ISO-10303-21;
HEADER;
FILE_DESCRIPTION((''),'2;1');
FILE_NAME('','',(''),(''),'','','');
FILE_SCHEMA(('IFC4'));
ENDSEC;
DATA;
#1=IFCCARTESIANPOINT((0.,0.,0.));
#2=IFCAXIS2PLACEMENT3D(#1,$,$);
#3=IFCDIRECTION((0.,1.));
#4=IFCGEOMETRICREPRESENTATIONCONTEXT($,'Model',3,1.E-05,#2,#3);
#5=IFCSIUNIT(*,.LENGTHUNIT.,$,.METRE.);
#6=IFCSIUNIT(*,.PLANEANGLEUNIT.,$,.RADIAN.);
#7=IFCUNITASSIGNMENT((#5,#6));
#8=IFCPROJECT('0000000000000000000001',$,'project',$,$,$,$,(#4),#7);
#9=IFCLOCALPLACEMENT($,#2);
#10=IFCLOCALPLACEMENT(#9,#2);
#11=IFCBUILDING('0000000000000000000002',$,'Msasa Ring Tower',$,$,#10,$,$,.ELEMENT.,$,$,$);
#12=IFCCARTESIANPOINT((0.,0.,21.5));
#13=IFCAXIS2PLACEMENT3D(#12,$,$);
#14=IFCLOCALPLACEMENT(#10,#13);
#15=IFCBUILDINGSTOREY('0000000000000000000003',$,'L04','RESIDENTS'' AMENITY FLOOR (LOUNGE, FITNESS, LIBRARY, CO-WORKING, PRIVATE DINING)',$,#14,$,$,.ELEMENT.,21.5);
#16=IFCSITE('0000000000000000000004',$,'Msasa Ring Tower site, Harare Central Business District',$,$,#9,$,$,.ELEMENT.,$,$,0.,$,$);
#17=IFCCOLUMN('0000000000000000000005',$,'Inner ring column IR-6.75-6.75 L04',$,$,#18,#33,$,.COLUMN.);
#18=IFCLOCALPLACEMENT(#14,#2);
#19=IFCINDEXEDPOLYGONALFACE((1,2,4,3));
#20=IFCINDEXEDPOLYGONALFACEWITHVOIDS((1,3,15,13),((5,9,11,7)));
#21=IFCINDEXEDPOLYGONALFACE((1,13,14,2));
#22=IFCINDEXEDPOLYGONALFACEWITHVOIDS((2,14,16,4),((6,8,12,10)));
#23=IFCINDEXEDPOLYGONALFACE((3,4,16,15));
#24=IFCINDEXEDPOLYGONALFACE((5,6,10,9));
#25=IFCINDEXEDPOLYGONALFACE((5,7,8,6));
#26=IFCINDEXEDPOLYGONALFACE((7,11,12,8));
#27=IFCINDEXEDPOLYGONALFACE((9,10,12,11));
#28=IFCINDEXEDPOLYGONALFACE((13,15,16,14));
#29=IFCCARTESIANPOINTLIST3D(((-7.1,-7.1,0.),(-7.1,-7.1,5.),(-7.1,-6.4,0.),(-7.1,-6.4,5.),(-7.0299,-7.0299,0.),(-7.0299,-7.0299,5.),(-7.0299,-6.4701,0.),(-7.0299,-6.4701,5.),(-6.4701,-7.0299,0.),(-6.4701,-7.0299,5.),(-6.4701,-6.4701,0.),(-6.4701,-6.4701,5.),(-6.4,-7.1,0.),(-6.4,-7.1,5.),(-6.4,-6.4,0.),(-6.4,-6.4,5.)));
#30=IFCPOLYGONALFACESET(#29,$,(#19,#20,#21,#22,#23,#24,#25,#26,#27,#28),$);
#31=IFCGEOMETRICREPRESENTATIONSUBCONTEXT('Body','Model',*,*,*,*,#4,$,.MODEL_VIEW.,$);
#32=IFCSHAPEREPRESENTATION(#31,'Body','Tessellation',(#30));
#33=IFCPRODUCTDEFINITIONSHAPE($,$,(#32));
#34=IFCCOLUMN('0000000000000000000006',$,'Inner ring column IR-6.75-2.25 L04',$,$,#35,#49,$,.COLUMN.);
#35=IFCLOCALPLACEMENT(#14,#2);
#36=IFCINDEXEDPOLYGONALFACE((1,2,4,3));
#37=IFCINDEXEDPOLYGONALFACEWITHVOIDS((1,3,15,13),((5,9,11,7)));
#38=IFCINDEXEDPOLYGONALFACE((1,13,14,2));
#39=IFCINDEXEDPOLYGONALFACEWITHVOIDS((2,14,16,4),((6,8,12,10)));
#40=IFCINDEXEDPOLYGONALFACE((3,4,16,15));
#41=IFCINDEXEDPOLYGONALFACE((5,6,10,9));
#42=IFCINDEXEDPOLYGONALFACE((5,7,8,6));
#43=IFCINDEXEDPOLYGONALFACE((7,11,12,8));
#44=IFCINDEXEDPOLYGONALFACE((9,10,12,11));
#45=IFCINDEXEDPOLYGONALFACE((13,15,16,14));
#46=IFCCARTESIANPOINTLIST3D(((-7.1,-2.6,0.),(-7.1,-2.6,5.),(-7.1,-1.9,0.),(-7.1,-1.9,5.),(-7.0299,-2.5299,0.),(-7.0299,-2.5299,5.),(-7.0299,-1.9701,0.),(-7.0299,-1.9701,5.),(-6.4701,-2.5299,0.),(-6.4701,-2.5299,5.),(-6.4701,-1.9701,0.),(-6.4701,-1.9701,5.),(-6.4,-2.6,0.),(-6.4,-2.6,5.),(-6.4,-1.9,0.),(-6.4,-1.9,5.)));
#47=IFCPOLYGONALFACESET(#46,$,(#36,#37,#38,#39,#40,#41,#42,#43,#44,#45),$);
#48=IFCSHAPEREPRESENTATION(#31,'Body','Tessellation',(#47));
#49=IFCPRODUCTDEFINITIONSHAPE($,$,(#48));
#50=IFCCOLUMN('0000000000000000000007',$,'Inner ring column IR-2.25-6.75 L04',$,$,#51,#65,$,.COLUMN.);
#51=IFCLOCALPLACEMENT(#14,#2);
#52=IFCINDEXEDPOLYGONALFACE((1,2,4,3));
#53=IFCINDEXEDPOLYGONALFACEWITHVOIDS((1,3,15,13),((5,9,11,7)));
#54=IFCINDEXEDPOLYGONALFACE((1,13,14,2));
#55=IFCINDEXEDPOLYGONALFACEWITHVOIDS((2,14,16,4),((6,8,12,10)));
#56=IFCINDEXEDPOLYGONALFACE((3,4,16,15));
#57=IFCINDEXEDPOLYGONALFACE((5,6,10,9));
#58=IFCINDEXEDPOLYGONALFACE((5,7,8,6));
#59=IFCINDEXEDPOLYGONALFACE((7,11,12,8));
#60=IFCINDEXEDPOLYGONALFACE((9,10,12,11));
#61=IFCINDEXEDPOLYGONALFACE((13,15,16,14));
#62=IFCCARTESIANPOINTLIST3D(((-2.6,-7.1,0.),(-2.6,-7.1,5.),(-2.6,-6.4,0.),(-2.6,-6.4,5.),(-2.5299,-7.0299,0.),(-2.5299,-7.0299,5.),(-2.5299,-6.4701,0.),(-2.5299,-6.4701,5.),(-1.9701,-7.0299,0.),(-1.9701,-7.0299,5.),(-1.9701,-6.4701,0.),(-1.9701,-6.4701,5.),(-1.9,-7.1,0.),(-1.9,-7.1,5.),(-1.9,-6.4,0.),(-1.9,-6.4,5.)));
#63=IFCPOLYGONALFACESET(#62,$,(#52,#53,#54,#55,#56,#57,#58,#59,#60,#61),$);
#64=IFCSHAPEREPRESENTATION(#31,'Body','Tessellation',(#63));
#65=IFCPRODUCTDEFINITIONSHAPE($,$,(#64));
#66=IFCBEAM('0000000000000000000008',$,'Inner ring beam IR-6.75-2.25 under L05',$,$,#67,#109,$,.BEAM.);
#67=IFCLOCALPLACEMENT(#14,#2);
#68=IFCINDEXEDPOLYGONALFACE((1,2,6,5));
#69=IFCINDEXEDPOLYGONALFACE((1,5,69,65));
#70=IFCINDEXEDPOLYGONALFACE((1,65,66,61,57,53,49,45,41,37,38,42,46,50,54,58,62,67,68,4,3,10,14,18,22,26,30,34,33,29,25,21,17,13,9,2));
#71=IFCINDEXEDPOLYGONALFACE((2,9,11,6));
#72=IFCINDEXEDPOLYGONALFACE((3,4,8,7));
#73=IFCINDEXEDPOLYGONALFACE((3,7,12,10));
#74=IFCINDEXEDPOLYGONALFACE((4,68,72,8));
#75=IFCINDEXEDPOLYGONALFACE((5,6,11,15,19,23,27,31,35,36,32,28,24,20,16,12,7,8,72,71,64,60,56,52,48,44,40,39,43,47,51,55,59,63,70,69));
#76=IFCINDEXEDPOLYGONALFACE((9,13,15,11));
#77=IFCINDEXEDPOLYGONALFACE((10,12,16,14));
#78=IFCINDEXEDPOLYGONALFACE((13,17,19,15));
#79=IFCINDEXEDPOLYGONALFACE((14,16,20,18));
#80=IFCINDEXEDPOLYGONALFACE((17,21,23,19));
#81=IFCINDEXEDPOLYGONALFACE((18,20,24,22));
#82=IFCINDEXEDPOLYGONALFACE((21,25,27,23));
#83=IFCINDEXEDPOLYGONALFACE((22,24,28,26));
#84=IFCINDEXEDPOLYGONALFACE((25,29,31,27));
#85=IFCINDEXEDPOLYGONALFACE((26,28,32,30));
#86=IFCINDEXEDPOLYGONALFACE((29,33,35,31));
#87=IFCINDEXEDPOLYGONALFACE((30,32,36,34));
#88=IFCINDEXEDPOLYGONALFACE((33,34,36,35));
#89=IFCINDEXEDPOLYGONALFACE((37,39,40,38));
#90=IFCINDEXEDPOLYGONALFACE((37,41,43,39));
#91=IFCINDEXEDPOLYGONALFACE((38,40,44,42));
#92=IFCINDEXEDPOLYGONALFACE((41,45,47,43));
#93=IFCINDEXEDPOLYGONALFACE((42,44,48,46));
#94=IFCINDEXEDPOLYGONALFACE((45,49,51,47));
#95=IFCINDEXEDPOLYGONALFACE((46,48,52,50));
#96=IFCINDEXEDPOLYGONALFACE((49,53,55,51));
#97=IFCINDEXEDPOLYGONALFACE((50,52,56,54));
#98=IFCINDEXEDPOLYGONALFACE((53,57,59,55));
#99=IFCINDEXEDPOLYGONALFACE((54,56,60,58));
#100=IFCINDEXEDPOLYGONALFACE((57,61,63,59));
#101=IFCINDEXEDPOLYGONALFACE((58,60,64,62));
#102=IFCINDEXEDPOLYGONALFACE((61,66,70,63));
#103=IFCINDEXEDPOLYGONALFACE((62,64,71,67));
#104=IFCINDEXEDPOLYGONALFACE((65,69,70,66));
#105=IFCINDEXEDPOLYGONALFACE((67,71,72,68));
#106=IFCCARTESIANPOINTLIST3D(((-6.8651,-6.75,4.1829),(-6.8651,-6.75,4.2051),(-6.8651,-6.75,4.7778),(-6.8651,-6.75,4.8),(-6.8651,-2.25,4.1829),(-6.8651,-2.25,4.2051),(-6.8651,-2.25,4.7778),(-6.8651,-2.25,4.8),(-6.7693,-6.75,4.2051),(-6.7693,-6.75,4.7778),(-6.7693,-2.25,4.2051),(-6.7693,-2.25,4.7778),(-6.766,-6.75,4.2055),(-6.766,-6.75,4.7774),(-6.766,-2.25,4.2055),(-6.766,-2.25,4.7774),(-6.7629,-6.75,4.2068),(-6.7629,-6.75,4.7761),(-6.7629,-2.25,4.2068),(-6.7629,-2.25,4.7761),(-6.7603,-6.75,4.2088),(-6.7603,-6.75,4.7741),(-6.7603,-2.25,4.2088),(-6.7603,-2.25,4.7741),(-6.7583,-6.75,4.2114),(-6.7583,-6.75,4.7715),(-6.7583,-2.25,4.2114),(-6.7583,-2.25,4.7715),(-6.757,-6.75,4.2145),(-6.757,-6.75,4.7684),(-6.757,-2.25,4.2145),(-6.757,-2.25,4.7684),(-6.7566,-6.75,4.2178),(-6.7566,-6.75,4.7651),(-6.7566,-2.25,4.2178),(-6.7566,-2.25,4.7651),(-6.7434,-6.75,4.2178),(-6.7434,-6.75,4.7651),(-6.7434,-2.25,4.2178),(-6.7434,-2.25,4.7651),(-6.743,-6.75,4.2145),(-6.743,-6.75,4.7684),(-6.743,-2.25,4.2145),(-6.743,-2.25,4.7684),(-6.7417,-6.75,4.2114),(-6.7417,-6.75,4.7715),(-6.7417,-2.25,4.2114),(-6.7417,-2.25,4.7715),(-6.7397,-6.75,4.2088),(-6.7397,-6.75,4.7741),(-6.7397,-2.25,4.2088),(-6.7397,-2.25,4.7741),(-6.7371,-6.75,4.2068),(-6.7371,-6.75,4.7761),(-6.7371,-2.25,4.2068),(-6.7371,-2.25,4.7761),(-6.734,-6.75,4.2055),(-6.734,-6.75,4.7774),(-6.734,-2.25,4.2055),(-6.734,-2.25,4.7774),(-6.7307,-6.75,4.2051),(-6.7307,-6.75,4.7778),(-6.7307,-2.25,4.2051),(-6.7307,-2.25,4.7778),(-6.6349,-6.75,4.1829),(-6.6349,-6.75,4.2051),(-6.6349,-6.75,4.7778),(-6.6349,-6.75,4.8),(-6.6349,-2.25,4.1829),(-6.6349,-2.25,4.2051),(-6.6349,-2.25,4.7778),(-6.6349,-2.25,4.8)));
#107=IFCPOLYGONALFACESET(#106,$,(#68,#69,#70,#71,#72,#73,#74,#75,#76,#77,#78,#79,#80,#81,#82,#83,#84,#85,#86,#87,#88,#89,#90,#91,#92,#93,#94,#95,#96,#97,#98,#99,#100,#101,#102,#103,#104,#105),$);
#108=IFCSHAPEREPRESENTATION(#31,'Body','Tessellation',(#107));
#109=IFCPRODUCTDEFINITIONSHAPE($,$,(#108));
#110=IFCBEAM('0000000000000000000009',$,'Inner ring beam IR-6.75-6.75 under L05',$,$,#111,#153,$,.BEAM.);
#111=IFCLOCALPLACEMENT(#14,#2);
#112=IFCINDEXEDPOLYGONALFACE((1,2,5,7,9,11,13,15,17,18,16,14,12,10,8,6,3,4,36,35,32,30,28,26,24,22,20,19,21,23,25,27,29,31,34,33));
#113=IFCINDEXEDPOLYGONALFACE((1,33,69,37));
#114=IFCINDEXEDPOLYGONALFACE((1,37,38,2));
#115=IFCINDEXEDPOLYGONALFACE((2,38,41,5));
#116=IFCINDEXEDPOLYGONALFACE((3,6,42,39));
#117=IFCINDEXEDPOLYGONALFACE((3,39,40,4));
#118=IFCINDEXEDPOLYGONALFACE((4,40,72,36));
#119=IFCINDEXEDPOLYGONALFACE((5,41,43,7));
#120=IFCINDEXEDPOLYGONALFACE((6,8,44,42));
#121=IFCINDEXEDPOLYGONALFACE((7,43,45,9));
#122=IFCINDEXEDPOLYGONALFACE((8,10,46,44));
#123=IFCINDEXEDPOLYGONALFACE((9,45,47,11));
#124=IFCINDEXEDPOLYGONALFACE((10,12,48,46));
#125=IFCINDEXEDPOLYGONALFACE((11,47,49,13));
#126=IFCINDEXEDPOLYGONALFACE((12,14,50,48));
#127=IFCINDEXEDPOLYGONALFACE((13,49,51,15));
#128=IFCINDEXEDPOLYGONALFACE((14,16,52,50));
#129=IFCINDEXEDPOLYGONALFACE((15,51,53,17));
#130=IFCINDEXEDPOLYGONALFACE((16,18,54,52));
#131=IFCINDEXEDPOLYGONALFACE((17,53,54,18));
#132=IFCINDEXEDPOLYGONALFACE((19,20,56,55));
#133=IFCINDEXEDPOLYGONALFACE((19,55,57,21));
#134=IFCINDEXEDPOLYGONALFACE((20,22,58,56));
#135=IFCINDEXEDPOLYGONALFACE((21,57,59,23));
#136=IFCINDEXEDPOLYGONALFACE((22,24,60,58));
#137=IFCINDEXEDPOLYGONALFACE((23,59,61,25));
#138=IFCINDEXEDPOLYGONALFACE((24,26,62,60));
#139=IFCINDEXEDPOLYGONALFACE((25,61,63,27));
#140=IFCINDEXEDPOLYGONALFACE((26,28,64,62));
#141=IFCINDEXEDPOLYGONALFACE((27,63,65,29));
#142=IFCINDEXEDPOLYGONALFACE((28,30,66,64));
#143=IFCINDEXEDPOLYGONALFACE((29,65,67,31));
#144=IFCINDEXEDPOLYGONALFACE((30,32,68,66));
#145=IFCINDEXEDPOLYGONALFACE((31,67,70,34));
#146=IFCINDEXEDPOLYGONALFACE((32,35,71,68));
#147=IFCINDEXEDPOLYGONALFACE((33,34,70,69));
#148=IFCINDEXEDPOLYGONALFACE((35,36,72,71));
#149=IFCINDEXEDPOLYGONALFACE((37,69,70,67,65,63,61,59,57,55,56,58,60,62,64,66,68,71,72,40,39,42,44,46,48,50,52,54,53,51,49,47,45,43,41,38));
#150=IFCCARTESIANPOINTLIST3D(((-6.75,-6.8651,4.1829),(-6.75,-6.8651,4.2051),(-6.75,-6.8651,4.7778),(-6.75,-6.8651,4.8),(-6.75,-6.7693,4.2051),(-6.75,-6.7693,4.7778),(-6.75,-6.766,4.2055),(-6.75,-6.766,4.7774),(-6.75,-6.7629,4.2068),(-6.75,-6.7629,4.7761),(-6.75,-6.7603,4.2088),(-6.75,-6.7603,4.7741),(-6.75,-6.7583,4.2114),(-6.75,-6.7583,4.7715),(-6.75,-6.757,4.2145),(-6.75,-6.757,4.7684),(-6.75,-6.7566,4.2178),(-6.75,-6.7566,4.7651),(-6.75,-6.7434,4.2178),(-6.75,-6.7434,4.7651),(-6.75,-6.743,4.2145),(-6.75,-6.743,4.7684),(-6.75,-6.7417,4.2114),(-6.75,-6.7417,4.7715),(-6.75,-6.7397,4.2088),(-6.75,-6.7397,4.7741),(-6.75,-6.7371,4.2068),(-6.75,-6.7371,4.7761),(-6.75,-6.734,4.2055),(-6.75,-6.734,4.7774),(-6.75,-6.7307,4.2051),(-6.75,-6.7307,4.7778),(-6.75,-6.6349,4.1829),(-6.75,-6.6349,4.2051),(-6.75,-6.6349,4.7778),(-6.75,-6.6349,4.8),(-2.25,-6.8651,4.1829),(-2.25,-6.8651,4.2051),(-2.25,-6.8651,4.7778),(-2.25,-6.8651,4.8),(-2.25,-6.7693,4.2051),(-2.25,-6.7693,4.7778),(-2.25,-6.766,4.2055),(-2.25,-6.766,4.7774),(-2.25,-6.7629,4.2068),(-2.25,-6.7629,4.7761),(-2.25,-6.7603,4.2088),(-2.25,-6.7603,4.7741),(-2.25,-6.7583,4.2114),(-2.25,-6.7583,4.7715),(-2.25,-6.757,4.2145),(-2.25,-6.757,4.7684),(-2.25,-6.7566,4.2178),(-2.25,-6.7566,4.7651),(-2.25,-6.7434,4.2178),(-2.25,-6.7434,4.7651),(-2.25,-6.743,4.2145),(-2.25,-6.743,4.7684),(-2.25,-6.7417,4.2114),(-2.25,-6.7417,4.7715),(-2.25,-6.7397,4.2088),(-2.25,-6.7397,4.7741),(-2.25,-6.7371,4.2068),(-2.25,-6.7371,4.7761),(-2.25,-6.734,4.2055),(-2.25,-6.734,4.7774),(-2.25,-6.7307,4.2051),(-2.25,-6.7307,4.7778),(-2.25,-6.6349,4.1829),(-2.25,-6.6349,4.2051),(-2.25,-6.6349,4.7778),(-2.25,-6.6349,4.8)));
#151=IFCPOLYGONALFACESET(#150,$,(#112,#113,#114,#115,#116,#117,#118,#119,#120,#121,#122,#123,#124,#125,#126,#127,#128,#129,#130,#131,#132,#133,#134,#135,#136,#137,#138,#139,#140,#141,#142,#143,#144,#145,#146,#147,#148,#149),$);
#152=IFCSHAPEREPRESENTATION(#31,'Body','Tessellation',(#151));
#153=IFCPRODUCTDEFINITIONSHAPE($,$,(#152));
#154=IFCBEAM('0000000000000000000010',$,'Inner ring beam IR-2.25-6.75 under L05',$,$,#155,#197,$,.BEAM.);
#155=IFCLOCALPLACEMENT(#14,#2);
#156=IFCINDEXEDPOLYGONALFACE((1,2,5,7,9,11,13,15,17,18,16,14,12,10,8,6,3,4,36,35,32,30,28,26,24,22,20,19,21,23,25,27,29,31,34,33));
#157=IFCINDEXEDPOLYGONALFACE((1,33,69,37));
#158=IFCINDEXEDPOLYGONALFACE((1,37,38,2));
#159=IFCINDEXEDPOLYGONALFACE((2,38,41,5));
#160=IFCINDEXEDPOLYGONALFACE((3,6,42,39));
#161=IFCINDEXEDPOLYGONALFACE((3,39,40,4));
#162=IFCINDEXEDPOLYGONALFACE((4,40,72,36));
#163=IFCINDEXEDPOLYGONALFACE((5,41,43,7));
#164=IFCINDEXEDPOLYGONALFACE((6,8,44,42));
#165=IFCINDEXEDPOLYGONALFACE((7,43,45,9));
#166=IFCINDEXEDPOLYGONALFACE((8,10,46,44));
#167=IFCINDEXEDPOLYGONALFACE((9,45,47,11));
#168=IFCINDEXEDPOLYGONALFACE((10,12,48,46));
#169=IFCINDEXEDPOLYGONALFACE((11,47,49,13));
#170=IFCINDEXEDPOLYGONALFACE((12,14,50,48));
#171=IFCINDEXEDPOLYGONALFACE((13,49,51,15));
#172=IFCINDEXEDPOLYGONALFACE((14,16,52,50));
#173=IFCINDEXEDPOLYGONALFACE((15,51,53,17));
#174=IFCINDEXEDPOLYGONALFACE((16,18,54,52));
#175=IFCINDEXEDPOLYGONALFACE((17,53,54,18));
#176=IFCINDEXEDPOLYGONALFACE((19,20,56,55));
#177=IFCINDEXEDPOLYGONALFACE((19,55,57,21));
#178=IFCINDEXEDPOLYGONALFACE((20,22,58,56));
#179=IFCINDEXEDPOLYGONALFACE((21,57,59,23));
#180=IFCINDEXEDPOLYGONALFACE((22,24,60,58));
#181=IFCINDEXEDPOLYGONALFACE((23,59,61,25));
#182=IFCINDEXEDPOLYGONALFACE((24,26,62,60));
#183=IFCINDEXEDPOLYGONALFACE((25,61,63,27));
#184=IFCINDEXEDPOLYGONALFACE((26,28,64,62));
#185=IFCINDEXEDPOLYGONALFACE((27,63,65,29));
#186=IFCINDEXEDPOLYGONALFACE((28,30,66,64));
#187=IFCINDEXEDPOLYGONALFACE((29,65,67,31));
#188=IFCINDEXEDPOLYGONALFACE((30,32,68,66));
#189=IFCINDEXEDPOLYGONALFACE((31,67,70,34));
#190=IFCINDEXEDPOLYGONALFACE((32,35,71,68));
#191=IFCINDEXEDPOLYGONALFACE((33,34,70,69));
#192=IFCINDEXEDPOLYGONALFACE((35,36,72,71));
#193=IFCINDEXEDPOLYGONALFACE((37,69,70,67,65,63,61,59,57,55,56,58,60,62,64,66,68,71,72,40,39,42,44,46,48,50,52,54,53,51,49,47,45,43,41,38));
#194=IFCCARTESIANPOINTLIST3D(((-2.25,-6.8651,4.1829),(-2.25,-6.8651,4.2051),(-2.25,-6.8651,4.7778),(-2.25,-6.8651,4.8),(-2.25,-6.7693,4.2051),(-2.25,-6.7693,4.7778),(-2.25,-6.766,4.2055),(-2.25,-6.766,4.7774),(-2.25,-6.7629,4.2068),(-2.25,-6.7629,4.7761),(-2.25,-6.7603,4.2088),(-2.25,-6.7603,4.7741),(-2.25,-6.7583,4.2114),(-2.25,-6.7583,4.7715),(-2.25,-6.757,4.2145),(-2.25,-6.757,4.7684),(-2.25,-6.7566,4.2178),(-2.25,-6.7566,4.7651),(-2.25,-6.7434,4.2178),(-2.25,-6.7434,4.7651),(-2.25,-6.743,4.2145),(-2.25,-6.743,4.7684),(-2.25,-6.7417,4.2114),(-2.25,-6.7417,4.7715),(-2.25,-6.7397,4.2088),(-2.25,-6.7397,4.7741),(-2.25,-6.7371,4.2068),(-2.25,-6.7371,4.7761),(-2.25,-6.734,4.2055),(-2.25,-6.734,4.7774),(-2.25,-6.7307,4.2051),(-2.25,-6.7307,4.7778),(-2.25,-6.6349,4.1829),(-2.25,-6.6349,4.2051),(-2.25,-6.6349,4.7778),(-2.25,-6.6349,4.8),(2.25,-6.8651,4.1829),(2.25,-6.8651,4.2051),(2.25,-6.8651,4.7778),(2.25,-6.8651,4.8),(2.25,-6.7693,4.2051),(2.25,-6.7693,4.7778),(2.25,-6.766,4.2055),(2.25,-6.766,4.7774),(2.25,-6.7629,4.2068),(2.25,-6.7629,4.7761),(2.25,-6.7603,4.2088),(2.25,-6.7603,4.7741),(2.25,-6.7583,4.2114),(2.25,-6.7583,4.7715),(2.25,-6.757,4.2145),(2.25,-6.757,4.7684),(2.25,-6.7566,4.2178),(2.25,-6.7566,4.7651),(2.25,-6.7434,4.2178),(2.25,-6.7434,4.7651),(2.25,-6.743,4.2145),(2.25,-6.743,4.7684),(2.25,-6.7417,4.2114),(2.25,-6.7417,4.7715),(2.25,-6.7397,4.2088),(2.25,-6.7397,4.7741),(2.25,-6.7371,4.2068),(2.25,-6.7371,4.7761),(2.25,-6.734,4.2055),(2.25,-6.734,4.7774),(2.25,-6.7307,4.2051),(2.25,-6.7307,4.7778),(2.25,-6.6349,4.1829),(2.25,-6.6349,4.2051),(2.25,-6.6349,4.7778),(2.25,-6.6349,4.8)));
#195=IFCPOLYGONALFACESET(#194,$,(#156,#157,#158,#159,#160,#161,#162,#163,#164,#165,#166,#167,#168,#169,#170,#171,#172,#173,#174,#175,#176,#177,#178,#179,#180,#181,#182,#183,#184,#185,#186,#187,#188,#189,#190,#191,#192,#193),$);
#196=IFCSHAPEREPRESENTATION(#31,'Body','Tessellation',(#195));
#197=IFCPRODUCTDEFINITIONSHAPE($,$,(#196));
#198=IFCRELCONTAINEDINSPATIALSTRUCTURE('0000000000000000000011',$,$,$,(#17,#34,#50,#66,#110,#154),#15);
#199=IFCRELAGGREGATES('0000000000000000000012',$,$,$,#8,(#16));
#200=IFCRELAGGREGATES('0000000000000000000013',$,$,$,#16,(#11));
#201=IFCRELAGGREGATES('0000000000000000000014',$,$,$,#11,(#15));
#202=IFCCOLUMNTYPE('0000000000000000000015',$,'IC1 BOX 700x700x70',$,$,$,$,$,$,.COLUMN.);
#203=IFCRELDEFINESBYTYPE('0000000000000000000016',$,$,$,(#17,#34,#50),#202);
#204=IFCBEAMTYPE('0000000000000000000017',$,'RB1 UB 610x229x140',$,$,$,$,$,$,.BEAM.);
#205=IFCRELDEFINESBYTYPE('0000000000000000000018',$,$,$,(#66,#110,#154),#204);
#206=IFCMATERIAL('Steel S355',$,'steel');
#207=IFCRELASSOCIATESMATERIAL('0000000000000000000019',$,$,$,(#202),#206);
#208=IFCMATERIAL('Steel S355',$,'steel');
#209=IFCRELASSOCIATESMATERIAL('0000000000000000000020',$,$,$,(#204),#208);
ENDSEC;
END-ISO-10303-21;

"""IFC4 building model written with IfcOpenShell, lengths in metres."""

from ifc_helpers import new_model, si_unit, direction, frame, origin, origin_2d, place, context, subcontext, project, spatial, hollow_rectangle, i_section, extrude, material, material_profile, profile_set, type_object, element, save


model = new_model("IFC4")

# Units and contexts
model_context = context("Model", 3, precision=1e-05, world=origin(), true_north=direction((0.0, 1.0)))
body_context = subcontext(model_context, "Body", "Model", "MODEL_VIEW")
ifc_project = project(units=[si_unit("LENGTHUNIT", "METRE"), si_unit("PLANEANGLEUNIT", "RADIAN")], contexts=[model_context])

# Site, building, storey
site_placement = place(None, origin())
site = spatial("IfcSite", under=ifc_project, at=site_placement, Name="Msasa Ring Tower site, Harare Central Business District", CompositionType="ELEMENT", RefElevation=0.0)
building_placement = place(site_placement, origin())
building = spatial("IfcBuilding", under=site, at=building_placement, Name="Msasa Ring Tower", CompositionType="ELEMENT")
storey_placement = place(building_placement, frame((0.0, 0.0, 21.5)))
storey = spatial("IfcBuildingStorey", under=building, at=storey_placement, Name="L04", Description="RESIDENTS' AMENITY FLOOR (LOUNGE, FITNESS, LIBRARY, CO-WORKING, PRIVATE DINING)", CompositionType="ELEMENT", Elevation=21.5)

# Columns
ifc_material_1 = material(Name="Steel S355", Category="steel")
ifc_material_profile_1 = material_profile(ifc_material_1, hollow_rectangle(XDim=0.7, YDim=0.7, WallThickness=0.0701, at=origin_2d()), Name="BOX 700x700x70")
ifc_profile_set_1 = profile_set([ifc_material_profile_1], Name="Steel S355")
column_type = type_object("IfcColumnType", Name="IC1 BOX 700x700x70", PredefinedType="COLUMN", material=ifc_profile_set_1)
for number, where, z_axis, x_axis, name in (
    (1, (-6.75, -6.75, 0.0), (0.0, 0.0, 1.0), (1.0, 0.0, 0.0), "Inner ring column IR-6.75-6.75 L04"),
    (2, (-6.75, -2.25, 0.0), (0.0, 0.0, 1.0), (1.0, 0.0, 0.0), "Inner ring column IR-6.75-2.25 L04"),
    (3, (-2.25, -6.75, 0.0), (0.0, 0.0, 1.0), (1.0, 0.0, 0.0), "Inner ring column IR-2.25-6.75 L04"),
):
    element("IfcColumn", number, at=place(storey_placement, frame(where, z_axis=z_axis, x_axis=x_axis)), inside=storey, type_object=column_type, Name=name, PredefinedType="COLUMN", context=body_context, shape_type="SweptSolid", body=[
        extrude(hollow_rectangle(XDim=0.7, YDim=0.7, WallThickness=0.0701, at=origin_2d()), origin(), (0.0, 0.0, 1.0), 5.0),
    ])

# Beams
ifc_material_2 = material(Name="Steel S355", Category="steel")
ifc_material_profile_2 = material_profile(ifc_material_2, i_section(OverallWidth=0.2302, OverallDepth=0.6172, WebThickness=0.0132, FlangeThickness=0.0222, FilletRadius=0.0127, at=origin_2d()), Name="UB 610x229x140")
ifc_profile_set_2 = profile_set([ifc_material_profile_2], Name="Steel S355")
beam_type = type_object("IfcBeamType", Name="RB1 UB 610x229x140", PredefinedType="BEAM", material=ifc_profile_set_2)
for number, where, z_axis, x_axis, name in (
    (4, (-6.75, -2.25, 4.4915), (0.0, -1.0, 0.0), (1.0, 0.0, 0.0), "Inner ring beam IR-6.75-2.25 under L05"),
    (5, (-6.75, -6.75, 4.4915), (1.0, 0.0, 0.0), (0.0, 1.0, 0.0), "Inner ring beam IR-6.75-6.75 under L05"),
    (6, (-2.25, -6.75, 4.4915), (1.0, 0.0, 0.0), (0.0, 1.0, 0.0), "Inner ring beam IR-2.25-6.75 under L05"),
):
    element("IfcBeam", number, at=place(storey_placement, frame(where, z_axis=z_axis, x_axis=x_axis)), inside=storey, type_object=beam_type, Name=name, PredefinedType="BEAM", context=body_context, shape_type="SweptSolid", body=[
        extrude(i_section(OverallWidth=0.2302, OverallDepth=0.6172, WebThickness=0.0132, FlangeThickness=0.0222, FilletRadius=0.0127, at=origin_2d()), origin(), (0.0, 0.0, 1.0), 4.5),
    ])

save(model, "model.ifc")
